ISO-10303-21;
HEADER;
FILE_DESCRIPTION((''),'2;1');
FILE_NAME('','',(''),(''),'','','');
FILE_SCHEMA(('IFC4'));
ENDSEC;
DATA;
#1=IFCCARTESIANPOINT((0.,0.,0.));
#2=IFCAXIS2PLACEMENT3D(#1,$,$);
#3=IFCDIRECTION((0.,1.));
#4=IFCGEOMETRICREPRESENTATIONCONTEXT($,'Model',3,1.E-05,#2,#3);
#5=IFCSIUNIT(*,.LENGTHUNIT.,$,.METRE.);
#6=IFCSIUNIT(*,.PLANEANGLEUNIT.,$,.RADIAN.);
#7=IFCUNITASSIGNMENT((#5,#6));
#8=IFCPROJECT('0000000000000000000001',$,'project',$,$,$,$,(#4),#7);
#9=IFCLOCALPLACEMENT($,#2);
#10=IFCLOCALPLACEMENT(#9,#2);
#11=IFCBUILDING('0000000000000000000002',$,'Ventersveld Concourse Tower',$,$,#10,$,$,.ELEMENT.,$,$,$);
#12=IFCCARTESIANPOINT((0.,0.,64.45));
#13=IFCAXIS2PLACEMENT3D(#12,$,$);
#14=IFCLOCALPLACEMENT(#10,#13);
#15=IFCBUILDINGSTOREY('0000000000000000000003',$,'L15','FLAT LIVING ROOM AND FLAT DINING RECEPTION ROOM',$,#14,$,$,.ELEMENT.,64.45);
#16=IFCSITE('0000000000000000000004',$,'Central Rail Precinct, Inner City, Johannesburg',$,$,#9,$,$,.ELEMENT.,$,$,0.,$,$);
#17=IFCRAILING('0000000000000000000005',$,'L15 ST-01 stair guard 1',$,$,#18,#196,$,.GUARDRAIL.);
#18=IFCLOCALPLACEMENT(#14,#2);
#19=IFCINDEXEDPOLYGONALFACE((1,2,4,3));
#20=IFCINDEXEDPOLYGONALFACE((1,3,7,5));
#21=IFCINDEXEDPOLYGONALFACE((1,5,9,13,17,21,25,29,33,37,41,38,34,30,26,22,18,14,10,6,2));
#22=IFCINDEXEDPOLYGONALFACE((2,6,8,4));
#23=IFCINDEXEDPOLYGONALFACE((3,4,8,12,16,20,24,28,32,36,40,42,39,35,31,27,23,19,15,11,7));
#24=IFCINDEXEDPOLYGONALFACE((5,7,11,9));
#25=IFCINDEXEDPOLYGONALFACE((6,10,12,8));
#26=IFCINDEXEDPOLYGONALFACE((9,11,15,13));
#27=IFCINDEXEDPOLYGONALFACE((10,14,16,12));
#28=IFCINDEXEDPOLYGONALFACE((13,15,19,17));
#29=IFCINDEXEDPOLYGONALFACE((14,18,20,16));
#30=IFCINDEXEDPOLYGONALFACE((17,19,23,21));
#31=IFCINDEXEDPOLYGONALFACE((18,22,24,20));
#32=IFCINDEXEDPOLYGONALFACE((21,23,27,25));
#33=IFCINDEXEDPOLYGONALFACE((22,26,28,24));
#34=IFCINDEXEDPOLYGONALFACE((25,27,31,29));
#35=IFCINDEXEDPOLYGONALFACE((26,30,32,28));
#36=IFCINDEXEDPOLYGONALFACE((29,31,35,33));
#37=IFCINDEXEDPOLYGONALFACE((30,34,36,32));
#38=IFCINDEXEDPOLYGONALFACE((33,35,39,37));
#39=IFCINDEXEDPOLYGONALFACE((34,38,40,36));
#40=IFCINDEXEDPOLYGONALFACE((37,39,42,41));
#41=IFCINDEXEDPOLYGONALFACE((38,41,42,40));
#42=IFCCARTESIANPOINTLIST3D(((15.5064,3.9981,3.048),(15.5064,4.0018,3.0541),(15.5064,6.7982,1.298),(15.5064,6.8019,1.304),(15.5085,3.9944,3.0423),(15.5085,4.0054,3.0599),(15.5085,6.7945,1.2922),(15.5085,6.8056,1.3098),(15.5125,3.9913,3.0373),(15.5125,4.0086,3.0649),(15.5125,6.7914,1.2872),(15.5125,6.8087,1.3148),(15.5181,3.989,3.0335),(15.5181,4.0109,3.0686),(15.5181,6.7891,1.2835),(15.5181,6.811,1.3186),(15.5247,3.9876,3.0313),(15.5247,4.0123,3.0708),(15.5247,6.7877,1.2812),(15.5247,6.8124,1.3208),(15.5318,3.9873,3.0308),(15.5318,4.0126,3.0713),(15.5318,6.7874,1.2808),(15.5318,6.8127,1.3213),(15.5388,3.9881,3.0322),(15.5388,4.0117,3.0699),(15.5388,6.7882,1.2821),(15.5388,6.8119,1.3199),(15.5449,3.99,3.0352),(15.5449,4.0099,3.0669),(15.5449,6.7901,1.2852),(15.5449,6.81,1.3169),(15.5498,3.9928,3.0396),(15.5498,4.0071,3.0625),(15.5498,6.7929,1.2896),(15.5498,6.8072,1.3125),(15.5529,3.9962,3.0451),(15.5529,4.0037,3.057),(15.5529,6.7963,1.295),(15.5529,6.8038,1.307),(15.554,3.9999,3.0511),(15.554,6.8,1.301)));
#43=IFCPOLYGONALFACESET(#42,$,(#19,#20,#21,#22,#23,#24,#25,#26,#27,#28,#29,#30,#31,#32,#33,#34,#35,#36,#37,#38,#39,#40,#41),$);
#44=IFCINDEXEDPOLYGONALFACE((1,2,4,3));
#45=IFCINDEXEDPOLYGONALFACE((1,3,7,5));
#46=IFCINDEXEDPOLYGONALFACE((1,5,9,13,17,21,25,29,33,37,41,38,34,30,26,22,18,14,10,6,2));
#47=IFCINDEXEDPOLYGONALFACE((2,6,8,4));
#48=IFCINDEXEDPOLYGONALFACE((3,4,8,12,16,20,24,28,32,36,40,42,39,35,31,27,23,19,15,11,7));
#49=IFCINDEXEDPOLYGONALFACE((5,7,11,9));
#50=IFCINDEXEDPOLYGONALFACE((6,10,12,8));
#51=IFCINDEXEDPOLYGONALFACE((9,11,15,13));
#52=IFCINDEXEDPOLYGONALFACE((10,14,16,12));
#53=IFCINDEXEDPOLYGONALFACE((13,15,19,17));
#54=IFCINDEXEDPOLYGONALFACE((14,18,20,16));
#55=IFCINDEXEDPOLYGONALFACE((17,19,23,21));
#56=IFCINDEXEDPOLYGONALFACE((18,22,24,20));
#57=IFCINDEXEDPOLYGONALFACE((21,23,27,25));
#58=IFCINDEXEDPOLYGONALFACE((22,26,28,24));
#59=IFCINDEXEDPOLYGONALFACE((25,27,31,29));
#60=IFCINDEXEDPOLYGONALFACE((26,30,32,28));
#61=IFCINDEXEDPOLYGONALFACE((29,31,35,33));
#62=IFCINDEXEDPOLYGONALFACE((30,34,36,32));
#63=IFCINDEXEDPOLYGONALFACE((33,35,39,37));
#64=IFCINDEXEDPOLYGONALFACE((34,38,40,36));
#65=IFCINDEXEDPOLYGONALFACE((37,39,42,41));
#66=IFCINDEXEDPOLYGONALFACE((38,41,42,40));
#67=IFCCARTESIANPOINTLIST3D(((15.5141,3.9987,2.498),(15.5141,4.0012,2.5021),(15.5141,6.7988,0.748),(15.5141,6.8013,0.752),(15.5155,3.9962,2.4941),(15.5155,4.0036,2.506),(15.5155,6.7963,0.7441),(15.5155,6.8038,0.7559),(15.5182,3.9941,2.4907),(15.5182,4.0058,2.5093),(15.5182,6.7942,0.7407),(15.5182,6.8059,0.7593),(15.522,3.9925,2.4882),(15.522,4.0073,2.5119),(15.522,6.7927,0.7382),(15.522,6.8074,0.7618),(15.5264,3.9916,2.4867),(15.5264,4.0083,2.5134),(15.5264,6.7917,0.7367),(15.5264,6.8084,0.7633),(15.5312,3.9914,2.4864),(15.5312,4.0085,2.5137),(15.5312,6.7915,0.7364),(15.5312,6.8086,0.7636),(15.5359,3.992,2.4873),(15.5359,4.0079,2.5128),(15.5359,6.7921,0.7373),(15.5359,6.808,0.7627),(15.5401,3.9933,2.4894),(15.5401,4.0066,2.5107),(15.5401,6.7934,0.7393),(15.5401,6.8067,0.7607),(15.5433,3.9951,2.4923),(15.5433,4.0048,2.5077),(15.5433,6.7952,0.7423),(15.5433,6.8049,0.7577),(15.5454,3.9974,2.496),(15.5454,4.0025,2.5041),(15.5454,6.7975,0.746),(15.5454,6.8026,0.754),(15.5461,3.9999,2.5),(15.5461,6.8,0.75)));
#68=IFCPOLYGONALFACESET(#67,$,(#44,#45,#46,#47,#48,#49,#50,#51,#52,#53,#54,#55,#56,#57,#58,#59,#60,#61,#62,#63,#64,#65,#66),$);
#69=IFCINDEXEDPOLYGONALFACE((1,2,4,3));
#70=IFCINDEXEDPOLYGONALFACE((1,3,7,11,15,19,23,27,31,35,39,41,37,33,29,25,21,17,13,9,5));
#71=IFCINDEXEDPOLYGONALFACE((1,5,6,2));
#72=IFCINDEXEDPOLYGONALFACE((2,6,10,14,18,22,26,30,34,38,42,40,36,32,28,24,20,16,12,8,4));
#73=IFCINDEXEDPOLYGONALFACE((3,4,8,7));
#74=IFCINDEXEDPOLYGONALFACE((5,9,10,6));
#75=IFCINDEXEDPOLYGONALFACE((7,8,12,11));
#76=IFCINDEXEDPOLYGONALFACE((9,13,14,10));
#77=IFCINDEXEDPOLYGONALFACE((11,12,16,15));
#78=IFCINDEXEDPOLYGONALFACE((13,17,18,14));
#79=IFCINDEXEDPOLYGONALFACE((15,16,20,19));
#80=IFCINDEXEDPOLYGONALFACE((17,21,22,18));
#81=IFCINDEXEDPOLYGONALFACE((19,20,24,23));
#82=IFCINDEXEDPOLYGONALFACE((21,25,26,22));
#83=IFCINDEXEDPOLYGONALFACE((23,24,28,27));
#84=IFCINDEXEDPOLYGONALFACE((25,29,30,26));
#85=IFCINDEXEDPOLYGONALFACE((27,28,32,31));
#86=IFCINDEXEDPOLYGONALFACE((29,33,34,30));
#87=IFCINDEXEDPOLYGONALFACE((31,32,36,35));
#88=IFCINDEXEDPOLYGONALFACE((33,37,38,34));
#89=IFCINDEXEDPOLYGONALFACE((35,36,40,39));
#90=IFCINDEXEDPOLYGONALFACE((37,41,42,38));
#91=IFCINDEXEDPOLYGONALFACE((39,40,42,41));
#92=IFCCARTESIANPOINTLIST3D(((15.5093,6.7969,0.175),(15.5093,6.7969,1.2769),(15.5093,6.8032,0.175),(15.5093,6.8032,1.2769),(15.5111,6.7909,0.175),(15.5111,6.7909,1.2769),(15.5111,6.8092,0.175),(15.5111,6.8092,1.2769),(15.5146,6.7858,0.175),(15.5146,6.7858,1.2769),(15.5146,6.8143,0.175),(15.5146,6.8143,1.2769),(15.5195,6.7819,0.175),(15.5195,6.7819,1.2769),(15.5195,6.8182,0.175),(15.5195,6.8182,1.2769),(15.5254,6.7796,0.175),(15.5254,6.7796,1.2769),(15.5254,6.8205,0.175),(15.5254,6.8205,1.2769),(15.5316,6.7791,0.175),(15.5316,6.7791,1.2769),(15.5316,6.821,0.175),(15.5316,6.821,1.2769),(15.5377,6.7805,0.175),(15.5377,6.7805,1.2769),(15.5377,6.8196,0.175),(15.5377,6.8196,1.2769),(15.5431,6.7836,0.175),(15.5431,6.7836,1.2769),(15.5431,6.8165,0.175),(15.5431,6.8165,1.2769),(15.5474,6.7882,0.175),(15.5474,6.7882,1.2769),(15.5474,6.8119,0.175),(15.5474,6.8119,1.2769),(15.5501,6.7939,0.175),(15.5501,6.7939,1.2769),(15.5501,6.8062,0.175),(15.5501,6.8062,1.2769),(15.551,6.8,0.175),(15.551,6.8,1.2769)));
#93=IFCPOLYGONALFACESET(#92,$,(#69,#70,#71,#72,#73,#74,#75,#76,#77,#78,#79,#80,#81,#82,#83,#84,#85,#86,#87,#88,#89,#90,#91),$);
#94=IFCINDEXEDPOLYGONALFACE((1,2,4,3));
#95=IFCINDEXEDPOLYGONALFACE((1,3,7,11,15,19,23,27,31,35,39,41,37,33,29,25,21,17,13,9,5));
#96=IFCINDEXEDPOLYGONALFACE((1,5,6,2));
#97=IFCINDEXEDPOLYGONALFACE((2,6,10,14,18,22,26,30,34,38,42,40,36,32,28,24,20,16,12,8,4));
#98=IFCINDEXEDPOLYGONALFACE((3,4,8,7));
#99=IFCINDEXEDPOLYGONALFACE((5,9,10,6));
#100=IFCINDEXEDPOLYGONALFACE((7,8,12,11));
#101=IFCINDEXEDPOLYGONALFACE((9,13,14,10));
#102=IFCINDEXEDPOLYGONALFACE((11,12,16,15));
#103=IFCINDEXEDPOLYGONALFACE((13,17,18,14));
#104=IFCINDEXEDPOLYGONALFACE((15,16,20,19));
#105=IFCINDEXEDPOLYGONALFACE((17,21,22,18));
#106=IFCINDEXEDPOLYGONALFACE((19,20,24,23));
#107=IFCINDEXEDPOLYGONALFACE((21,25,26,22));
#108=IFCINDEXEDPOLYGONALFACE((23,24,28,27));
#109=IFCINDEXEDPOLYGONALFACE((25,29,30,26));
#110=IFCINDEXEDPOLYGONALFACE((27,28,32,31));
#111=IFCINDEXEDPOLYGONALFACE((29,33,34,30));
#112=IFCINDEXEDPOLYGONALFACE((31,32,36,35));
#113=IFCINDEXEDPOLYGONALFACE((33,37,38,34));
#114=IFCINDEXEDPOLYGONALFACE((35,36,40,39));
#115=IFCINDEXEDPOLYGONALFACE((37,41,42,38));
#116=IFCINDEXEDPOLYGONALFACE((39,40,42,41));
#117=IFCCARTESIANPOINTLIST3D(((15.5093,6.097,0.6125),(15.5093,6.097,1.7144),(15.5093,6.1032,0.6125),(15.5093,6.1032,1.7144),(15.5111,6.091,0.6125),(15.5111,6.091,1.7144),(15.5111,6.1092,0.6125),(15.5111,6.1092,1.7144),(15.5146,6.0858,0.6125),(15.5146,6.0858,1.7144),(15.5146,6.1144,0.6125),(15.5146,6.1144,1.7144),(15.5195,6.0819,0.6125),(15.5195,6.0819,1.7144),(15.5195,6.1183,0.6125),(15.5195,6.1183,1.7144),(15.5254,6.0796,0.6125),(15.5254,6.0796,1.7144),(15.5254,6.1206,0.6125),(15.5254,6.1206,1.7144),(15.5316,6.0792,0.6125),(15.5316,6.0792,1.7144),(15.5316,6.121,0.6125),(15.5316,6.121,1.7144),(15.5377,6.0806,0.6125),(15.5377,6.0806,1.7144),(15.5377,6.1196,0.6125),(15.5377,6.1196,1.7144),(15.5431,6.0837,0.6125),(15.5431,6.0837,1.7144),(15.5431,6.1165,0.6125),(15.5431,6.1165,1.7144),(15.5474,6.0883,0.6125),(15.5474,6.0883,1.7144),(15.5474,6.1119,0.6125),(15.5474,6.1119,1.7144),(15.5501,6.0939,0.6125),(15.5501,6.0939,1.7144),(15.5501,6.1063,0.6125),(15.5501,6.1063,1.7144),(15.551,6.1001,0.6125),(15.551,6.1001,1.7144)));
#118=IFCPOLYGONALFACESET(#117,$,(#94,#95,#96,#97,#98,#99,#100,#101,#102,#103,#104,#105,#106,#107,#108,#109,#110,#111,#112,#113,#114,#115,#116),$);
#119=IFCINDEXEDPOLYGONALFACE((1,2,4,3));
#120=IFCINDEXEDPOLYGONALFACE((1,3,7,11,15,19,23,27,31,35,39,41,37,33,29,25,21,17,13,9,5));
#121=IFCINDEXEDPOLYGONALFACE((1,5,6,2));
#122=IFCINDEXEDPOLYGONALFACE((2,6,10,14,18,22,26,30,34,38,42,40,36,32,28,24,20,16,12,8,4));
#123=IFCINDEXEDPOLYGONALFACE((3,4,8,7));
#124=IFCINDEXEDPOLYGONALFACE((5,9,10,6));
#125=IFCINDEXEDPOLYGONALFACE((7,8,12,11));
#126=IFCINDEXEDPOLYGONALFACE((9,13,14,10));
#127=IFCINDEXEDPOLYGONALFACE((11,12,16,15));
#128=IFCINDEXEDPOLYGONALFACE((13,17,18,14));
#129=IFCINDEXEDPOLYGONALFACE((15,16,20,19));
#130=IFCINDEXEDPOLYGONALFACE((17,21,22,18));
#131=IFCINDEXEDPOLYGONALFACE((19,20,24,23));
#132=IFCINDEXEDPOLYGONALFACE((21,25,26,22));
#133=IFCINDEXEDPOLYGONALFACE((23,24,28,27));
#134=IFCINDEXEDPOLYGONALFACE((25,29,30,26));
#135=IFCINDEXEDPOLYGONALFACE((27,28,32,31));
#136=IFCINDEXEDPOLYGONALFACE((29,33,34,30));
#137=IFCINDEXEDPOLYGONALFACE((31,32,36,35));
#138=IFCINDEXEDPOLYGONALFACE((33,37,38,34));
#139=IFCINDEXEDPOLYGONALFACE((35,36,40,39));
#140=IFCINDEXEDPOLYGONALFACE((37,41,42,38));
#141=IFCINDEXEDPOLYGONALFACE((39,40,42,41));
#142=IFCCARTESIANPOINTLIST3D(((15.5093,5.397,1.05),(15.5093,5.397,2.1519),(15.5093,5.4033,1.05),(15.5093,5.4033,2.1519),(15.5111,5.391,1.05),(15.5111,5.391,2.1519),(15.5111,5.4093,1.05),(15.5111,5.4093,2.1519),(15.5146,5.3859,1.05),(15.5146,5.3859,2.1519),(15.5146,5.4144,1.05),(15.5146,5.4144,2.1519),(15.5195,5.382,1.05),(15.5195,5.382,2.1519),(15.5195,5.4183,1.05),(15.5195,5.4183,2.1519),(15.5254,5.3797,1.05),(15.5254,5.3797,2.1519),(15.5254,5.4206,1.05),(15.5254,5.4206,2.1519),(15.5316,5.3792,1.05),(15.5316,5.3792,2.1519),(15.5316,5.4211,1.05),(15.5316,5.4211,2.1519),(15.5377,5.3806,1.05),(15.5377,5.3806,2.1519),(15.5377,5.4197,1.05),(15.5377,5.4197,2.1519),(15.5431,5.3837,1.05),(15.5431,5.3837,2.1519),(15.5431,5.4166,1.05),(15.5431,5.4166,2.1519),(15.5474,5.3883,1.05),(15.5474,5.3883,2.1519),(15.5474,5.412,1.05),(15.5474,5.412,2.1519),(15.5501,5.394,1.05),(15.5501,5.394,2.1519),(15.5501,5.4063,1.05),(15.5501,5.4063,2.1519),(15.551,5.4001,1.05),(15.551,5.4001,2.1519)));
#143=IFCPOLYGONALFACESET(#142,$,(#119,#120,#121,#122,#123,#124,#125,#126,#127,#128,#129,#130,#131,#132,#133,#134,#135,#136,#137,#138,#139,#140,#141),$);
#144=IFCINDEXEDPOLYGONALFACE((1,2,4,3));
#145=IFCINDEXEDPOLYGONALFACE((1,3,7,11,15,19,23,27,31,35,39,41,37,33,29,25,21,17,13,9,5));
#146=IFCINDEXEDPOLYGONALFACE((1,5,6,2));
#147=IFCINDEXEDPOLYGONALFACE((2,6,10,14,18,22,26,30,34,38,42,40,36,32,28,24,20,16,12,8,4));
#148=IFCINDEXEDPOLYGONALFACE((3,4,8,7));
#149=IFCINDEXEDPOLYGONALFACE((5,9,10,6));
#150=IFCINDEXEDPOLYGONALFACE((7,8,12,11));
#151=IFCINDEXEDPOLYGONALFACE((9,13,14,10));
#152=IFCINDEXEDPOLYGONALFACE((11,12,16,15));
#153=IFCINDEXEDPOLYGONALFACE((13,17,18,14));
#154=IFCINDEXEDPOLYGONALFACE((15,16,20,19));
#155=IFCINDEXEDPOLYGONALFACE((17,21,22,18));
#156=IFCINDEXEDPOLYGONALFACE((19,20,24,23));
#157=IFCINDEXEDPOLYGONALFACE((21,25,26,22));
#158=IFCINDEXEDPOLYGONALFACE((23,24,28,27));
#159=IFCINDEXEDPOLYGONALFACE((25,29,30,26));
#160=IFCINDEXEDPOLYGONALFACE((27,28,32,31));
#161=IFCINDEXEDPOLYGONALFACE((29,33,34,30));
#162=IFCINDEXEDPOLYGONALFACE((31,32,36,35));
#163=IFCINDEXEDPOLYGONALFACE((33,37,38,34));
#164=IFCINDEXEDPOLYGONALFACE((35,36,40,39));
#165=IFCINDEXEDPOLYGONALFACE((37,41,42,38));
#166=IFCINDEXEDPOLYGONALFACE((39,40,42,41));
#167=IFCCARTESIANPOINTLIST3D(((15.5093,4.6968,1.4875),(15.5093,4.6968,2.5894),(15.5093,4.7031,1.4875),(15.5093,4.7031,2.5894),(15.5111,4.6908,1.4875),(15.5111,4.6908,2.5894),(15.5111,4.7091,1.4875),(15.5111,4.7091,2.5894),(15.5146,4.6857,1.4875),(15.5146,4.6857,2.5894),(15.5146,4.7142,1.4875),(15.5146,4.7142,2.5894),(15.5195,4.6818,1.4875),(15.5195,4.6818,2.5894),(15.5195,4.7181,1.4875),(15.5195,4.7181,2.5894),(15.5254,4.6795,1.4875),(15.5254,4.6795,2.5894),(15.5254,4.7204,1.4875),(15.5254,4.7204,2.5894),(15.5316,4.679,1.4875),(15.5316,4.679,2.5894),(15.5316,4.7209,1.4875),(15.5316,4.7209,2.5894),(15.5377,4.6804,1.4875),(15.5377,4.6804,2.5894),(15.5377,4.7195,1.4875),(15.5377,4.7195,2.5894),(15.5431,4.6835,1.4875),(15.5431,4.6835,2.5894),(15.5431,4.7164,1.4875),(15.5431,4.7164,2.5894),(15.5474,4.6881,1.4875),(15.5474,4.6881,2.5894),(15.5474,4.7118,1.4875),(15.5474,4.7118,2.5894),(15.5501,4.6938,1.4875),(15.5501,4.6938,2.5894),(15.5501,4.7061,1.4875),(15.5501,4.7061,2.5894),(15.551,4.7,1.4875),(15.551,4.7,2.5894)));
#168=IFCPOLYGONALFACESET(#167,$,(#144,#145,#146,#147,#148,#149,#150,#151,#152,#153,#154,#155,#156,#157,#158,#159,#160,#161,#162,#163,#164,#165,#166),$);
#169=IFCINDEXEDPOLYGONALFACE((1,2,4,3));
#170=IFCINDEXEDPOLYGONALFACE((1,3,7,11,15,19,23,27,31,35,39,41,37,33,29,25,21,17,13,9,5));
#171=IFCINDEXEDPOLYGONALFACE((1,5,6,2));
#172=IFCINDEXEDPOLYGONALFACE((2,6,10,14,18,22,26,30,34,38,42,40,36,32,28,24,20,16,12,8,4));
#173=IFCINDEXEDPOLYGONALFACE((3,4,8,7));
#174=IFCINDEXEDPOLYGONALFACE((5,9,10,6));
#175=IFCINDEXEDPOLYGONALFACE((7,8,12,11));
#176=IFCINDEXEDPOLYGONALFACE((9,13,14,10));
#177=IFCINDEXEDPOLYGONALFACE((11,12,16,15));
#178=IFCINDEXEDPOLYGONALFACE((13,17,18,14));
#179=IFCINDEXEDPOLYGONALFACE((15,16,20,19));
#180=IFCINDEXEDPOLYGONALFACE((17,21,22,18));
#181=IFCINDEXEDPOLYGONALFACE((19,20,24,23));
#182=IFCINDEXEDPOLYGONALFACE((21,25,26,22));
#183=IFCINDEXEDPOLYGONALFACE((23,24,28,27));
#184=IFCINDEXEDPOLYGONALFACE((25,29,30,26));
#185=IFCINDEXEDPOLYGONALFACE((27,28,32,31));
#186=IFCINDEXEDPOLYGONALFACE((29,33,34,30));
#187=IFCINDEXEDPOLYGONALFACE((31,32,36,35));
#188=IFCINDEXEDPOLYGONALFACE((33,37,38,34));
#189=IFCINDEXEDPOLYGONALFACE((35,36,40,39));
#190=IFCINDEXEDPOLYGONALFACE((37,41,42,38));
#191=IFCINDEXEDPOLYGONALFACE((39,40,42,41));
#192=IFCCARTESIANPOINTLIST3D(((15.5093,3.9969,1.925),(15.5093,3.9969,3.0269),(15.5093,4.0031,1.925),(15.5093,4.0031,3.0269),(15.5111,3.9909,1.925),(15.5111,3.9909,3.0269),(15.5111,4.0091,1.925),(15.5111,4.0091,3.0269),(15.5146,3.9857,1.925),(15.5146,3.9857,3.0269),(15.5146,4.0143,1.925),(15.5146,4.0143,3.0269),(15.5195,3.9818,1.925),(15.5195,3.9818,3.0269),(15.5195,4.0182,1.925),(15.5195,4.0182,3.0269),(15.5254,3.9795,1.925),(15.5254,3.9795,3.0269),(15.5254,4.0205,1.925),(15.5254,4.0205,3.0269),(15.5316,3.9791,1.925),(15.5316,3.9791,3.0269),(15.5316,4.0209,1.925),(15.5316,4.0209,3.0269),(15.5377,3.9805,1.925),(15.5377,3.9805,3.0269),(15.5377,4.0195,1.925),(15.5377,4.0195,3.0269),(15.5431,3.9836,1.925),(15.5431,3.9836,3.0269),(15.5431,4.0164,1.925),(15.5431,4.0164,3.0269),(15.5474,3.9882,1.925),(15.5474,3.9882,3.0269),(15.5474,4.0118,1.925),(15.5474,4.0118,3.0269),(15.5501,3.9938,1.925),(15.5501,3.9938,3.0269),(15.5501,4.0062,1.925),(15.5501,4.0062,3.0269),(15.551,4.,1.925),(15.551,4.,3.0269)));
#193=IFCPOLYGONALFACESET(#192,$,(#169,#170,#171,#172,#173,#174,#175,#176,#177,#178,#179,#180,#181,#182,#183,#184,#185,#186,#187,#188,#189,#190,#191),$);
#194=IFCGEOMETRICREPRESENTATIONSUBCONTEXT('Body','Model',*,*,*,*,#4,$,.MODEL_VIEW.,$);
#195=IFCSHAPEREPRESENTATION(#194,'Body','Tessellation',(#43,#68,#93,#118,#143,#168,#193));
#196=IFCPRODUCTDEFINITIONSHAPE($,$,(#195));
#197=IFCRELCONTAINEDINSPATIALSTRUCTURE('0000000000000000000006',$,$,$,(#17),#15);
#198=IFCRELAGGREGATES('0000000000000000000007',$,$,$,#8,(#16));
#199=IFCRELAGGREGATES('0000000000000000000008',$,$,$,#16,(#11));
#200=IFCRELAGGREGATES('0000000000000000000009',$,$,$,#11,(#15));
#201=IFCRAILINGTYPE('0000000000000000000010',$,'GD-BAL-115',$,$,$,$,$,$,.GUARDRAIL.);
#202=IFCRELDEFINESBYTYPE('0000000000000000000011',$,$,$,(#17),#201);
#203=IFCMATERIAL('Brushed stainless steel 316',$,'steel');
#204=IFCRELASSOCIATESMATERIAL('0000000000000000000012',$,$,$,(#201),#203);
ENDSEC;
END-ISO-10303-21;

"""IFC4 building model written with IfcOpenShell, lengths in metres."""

from ifc_helpers import new_model, si_unit, direction, frame, origin, origin_2d, place, context, subcontext, project, spatial, circle, extrude, material, type_object, element, save


model = new_model("IFC4")

# Units and contexts
model_context = context("Model", 3, precision=1e-05, world=origin(), true_north=direction((0.0, 1.0)))
body_context = subcontext(model_context, "Body", "Model", "MODEL_VIEW")
ifc_project = project(units=[si_unit("LENGTHUNIT", "METRE"), si_unit("PLANEANGLEUNIT", "RADIAN")], contexts=[model_context])

# Site, building, storey
site_placement = place(None, origin())
site = spatial("IfcSite", under=ifc_project, at=site_placement, Name="Central Rail Precinct, Inner City, Johannesburg", CompositionType="ELEMENT", RefElevation=0.0)
building_placement = place(site_placement, origin())
building = spatial("IfcBuilding", under=site, at=building_placement, Name="Ventersveld Concourse Tower", CompositionType="ELEMENT")
storey_placement = place(building_placement, frame((0.0, 0.0, 64.45)))
storey = spatial("IfcBuildingStorey", under=building, at=storey_placement, Name="L15", Description="FLAT LIVING ROOM AND FLAT DINING RECEPTION ROOM", CompositionType="ELEMENT", Elevation=64.45)

# Railing
ifc_material_1 = material(Name="Brushed stainless steel 316", Category="steel")
railing_type_1 = type_object("IfcRailingType", Name="GD-BAL-115", PredefinedType="GUARDRAIL", material=ifc_material_1)
railing_1_placement = place(storey_placement, frame((15.53, 6.8, 0.175)))
element("IfcRailing", 1, at=railing_1_placement, inside=storey, type_object=railing_type_1, Name="L15 ST-01 stair guard 1", PredefinedType="GUARDRAIL", context=body_context, shape_type="SweptSolid", body=[
    extrude(circle(Radius=0.0239, at=origin_2d()), frame((0.0, 0.0, 1.126), z_axis=(0.0, -0.848002, 0.529992), x_axis=(1.0, 0.0, 0.0)), (0.0, 0.0, 1.0), 3.302),
    extrude(circle(Radius=0.0161, at=origin_2d()), frame((0.0, 0.0, 0.575), z_axis=(0.0, -0.848002, 0.529992), x_axis=(1.0, 0.0, 0.0)), (0.0, 0.0, 1.0), 3.302),
    extrude(circle(Radius=0.021, at=origin_2d()), origin(), (0.0, 0.0, 1.0), 1.1018),
    extrude(circle(Radius=0.021, at=origin_2d()), frame((0.0, -0.7, 0.4375)), (0.0, 0.0, 1.0), 1.1018),
    extrude(circle(Radius=0.021, at=origin_2d()), frame((0.0, -1.3999, 0.875)), (0.0, 0.0, 1.0), 1.1018),
    extrude(circle(Radius=0.021, at=origin_2d()), frame((0.0, -2.1001, 1.3125)), (0.0, 0.0, 1.0), 1.1018),
    extrude(circle(Radius=0.021, at=origin_2d()), frame((0.0, -2.8, 1.75)), (0.0, 0.0, 1.0), 1.1018),
])

save(model, "model.ifc")
